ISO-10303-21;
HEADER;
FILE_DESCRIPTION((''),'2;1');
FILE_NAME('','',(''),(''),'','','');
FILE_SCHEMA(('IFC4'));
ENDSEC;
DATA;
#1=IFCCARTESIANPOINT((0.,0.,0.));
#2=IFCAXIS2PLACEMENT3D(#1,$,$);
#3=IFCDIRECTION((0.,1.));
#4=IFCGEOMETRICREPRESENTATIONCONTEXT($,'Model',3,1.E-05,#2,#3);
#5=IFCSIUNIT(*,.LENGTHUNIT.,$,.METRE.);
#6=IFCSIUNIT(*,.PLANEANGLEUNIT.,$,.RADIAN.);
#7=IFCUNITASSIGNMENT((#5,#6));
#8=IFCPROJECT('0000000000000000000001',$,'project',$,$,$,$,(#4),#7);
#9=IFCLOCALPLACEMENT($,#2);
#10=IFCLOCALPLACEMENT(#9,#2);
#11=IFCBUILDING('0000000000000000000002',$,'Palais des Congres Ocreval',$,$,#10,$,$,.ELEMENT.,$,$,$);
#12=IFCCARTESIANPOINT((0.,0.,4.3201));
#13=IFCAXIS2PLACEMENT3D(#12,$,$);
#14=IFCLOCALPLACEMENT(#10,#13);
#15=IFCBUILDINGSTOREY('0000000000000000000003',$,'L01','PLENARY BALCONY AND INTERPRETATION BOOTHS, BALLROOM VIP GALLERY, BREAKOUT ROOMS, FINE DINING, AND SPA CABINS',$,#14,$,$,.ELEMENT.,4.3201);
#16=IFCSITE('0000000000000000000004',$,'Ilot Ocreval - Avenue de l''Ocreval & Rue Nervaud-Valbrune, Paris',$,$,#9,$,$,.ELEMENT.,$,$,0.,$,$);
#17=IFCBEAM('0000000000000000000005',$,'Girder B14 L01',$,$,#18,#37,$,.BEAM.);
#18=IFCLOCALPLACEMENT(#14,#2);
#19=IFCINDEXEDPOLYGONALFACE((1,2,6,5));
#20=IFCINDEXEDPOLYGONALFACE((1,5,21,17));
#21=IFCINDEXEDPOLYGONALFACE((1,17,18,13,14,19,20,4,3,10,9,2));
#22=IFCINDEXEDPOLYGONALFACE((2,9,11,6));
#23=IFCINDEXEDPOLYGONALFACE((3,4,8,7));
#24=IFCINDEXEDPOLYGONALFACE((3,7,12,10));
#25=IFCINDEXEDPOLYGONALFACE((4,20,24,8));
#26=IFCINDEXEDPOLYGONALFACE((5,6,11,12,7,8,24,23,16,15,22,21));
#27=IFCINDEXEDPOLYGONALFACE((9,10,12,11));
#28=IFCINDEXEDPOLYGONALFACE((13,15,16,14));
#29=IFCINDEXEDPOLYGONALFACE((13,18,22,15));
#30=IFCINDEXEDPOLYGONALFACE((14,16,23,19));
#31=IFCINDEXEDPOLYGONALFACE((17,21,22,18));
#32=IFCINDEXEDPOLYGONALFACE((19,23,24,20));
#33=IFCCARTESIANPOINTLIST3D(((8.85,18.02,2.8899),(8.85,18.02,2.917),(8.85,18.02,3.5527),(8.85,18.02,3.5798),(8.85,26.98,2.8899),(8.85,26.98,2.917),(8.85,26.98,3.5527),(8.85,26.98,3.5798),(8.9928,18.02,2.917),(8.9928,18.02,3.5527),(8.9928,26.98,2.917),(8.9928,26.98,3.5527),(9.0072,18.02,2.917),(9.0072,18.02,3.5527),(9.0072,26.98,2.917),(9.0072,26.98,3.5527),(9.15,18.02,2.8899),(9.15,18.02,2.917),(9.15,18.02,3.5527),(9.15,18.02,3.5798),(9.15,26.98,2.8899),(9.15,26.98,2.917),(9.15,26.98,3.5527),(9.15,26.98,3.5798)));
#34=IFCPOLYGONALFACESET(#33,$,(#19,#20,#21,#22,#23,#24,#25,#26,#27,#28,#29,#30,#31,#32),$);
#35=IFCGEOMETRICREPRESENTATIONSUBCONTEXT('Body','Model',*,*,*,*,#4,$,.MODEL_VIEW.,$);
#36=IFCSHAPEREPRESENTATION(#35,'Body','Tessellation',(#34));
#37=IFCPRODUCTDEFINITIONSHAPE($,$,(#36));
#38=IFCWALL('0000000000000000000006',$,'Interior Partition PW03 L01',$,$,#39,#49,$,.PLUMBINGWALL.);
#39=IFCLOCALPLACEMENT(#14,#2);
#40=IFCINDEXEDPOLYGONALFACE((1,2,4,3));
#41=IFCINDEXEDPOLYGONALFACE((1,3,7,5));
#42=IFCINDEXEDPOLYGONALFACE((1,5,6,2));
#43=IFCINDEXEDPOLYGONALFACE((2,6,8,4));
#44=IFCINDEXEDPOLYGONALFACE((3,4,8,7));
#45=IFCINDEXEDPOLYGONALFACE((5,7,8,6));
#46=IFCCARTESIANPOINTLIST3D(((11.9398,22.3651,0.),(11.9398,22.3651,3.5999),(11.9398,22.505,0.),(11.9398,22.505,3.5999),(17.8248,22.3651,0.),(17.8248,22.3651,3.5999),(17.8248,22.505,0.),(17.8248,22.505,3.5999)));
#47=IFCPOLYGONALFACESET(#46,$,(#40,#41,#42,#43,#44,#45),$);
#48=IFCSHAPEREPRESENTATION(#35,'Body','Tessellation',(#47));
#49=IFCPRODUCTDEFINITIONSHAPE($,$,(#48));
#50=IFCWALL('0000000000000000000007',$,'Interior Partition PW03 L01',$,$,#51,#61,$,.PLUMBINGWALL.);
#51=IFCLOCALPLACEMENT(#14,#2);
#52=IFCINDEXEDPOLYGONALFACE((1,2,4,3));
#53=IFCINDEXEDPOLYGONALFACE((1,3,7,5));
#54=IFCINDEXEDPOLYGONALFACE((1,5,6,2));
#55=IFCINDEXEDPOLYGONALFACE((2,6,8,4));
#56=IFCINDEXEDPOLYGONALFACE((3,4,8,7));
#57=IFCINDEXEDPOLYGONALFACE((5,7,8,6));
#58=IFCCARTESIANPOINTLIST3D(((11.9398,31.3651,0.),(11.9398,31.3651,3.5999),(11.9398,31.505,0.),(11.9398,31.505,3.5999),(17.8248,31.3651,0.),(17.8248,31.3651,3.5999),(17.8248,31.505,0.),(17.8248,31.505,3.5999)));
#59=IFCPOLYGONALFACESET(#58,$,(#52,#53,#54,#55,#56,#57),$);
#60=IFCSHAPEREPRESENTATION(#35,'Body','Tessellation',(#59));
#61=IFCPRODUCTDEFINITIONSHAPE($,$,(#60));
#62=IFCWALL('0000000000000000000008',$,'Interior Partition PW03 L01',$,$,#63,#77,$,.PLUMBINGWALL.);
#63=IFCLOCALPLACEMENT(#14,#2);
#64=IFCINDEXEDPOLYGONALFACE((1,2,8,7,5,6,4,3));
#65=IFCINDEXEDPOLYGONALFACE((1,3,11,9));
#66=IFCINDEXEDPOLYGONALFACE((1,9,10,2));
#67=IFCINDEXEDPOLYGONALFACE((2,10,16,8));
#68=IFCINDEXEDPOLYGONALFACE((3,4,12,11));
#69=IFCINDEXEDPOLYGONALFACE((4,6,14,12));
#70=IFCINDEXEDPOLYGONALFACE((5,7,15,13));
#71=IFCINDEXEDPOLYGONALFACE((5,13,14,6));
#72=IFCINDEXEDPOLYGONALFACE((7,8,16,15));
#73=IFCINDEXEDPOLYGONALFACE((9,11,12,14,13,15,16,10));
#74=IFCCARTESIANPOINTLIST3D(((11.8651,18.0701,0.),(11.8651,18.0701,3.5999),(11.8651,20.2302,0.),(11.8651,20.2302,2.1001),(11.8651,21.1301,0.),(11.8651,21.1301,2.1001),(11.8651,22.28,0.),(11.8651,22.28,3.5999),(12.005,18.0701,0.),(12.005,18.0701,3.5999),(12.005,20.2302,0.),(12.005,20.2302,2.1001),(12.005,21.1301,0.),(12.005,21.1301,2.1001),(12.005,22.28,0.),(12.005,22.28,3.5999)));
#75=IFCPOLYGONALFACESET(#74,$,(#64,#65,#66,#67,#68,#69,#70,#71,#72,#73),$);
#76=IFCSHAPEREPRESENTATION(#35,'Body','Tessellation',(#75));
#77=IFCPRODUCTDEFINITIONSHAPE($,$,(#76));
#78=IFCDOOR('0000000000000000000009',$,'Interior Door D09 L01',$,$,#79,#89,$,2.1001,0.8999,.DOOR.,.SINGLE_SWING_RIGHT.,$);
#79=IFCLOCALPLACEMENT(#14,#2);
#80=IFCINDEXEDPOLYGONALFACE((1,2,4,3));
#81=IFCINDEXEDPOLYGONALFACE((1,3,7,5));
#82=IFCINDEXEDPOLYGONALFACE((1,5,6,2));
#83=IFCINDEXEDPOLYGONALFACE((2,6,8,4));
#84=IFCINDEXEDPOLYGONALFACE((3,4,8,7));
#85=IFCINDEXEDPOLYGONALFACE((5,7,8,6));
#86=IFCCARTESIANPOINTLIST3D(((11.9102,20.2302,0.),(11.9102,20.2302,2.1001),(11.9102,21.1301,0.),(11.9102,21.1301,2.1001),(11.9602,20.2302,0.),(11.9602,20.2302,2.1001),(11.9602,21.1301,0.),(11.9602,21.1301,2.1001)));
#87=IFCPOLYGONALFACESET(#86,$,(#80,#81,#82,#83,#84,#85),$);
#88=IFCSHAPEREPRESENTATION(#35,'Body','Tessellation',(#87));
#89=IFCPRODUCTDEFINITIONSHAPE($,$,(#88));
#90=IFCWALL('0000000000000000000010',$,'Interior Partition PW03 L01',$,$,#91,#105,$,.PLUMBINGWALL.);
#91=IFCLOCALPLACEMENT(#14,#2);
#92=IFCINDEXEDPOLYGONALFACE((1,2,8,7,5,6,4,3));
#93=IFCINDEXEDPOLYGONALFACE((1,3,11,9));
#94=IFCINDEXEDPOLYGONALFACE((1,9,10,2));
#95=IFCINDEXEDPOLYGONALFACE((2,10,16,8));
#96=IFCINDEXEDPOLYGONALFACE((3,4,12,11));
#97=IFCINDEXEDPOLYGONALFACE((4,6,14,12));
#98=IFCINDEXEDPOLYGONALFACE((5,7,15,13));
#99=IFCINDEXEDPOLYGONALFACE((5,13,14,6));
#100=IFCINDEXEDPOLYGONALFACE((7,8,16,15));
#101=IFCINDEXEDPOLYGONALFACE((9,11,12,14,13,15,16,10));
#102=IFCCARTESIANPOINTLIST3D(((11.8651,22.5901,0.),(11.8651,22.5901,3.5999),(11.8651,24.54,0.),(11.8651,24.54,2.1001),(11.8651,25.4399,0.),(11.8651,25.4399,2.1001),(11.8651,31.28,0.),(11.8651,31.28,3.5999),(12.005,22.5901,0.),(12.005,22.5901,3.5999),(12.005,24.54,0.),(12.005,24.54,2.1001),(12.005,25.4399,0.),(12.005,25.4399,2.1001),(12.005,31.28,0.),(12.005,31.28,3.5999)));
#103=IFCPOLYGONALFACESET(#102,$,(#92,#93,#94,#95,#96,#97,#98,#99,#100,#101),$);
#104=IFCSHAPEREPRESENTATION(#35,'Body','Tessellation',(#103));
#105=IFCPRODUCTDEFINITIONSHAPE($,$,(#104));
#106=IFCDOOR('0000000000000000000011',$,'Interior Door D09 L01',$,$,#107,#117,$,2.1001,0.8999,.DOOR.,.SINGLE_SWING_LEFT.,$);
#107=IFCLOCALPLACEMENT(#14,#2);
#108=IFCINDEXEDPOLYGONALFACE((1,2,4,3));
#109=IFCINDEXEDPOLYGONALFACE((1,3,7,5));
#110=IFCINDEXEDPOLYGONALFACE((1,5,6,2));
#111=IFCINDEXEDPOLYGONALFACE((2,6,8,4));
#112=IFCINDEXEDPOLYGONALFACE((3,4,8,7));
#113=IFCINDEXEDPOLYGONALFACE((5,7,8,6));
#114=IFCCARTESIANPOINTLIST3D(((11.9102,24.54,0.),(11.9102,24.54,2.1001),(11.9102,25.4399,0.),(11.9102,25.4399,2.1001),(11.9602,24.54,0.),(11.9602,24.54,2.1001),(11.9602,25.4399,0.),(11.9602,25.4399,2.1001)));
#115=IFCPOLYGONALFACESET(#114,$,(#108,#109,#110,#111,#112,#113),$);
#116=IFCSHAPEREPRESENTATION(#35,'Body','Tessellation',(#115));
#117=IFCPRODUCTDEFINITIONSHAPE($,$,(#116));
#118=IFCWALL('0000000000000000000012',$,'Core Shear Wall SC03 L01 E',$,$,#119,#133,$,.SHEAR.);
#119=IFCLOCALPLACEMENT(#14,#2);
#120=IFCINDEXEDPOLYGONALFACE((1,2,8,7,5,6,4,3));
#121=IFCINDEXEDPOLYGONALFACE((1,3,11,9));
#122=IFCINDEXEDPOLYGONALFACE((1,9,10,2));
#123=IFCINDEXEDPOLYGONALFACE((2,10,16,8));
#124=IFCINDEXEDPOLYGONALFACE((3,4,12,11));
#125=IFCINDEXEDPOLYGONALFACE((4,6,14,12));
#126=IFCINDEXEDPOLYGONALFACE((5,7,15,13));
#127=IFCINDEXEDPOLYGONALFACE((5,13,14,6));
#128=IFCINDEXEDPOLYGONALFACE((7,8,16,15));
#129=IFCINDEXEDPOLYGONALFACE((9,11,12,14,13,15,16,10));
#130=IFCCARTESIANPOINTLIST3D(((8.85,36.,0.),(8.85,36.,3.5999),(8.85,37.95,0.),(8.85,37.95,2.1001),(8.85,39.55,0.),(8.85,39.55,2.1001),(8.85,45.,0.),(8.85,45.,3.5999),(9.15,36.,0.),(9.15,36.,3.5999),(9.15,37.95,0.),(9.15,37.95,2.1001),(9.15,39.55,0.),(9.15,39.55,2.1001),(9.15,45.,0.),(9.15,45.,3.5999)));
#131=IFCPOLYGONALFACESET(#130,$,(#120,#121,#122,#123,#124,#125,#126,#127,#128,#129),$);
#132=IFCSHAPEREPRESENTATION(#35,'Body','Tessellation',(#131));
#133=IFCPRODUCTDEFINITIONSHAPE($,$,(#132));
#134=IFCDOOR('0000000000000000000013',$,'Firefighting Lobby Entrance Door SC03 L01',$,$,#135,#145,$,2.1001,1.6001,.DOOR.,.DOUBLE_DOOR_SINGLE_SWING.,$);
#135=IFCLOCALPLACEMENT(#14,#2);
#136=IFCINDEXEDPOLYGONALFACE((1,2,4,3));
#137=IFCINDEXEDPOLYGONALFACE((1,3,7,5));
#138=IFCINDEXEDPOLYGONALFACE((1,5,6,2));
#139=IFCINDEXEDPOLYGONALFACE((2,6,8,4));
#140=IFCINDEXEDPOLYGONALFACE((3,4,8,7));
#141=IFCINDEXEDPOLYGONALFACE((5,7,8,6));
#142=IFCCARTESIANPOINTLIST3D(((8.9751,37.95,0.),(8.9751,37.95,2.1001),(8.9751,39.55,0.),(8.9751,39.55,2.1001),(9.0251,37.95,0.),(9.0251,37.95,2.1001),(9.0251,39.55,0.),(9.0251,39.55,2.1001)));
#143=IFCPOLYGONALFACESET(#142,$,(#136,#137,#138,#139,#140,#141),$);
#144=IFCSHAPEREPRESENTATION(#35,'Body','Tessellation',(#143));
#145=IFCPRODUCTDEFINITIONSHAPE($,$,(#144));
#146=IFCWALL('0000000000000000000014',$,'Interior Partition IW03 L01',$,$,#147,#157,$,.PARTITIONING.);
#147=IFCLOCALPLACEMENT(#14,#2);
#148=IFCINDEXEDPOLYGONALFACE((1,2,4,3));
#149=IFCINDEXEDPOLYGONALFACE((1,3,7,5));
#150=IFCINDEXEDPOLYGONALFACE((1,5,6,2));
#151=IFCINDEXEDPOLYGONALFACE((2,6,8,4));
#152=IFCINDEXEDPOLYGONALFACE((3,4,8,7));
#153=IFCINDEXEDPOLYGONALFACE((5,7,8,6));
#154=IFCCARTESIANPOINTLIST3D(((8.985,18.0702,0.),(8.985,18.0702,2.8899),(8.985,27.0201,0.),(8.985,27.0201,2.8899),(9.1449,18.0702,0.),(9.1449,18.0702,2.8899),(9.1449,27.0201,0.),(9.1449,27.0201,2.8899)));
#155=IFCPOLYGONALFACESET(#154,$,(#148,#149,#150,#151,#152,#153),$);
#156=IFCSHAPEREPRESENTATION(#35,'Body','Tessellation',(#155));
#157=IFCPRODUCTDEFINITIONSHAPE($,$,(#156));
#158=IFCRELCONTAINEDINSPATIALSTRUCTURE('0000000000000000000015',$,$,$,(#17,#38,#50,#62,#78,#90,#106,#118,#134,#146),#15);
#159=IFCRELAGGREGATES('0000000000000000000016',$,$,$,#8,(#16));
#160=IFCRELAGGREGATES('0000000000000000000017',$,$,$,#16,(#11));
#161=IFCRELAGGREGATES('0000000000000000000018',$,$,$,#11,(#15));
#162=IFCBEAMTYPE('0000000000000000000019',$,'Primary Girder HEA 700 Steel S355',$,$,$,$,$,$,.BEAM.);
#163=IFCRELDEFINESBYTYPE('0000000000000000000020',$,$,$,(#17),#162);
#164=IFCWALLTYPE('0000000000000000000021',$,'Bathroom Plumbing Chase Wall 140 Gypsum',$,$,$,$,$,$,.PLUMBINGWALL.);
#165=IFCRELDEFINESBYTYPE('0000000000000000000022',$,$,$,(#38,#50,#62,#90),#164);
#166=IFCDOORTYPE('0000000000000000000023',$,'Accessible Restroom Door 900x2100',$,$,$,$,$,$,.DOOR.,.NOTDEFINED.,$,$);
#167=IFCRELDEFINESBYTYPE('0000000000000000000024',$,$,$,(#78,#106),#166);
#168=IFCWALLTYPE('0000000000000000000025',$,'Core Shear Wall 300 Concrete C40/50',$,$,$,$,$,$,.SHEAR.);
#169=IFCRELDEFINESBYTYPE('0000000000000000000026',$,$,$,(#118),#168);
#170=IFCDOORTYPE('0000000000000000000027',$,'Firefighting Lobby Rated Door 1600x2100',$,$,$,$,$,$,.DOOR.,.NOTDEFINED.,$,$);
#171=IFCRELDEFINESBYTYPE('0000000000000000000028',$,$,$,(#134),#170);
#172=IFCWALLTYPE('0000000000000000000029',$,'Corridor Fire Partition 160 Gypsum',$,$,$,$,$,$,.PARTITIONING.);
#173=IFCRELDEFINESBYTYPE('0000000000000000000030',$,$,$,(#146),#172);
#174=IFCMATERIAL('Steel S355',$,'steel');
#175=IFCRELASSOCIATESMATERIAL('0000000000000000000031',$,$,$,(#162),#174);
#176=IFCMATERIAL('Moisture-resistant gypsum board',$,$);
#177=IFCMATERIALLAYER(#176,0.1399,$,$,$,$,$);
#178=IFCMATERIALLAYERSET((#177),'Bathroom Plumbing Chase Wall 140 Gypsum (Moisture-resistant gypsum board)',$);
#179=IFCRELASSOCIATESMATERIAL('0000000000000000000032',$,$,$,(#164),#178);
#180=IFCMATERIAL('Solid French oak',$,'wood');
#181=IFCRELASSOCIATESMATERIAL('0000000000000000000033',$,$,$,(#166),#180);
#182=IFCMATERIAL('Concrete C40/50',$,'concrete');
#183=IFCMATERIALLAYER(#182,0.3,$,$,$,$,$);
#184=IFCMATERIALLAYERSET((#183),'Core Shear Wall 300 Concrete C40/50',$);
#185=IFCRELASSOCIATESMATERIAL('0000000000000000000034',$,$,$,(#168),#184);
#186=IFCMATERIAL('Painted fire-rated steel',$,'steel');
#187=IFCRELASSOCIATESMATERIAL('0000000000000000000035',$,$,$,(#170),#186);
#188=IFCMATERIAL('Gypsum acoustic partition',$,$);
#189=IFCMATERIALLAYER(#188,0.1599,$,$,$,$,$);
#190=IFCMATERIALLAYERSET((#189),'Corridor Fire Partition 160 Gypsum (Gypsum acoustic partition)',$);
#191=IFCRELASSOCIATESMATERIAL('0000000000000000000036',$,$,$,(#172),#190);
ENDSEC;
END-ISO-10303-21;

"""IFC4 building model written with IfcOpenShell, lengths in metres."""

from ifc_helpers import new_model, si_unit, direction, frame, frame_2d, origin, origin_2d, place, context, subcontext, project, spatial, rectangle, i_section, extrude, material, layer, layer_set, material_profile, profile_set, type_object, element, fill, save


model = new_model("IFC4")

# Units and contexts
model_context = context("Model", 3, precision=1e-05, world=origin(), true_north=direction((0.0, 1.0)))
body_context = subcontext(model_context, "Body", "Model", "MODEL_VIEW")
ifc_project = project(units=[si_unit("LENGTHUNIT", "METRE"), si_unit("PLANEANGLEUNIT", "RADIAN")], contexts=[model_context])

# Site, building, storey
site_placement = place(None, origin())
site = spatial("IfcSite", under=ifc_project, at=site_placement, Name="Ilot Ocreval - Avenue de l'Ocreval & Rue Nervaud-Valbrune, Paris", CompositionType="ELEMENT", RefElevation=0.0)
building_placement = place(site_placement, origin())
building = spatial("IfcBuilding", under=site, at=building_placement, Name="Palais des Congres Ocreval", CompositionType="ELEMENT")
storey_placement = place(building_placement, frame((0.0, 0.0, 4.3201)))
storey = spatial("IfcBuildingStorey", under=building, at=storey_placement, Name="L01", Description="PLENARY BALCONY AND INTERPRETATION BOOTHS, BALLROOM VIP GALLERY, BREAKOUT ROOMS, FINE DINING, AND SPA CABINS", CompositionType="ELEMENT", Elevation=4.3201)

# Shared definitions
ifc_material_1 = material(Name="Concrete C40/50", Category="concrete")

# Beam
ifc_material_2 = material(Name="Steel S355", Category="steel")
ifc_material_profile_1 = material_profile(ifc_material_2, i_section(OverallWidth=0.3, OverallDepth=0.6899, WebThickness=0.0144, FlangeThickness=0.0271, at=origin_2d()), Name="HEA 700")
ifc_profile_set_1 = profile_set([ifc_material_profile_1], Name="Steel S355")
beam_type_1 = type_object("IfcBeamType", Name="Primary Girder HEA 700 Steel S355", PredefinedType="BEAM", material=ifc_profile_set_1)
beam_1_placement = place(storey_placement, frame((9.0, 18.02, 3.2349), z_axis=(0.0, 1.0, 0.0), x_axis=(-1.0, 0.0, 0.0)))
element("IfcBeam", 1, at=beam_1_placement, inside=storey, type_object=beam_type_1, Name="Girder B14 L01", PredefinedType="BEAM", context=body_context, shape_type="SweptSolid", body=[
    extrude(i_section(OverallWidth=0.3, OverallDepth=0.6899, WebThickness=0.0144, FlangeThickness=0.0271, at=origin_2d()), origin(), (0.0, 0.0, 1.0), 8.96),
])

# Walls
ifc_material_3 = material(Name="Moisture-resistant gypsum board")
ifc_layer_1 = layer(ifc_material_3, 0.1399)
ifc_layer_set_1 = layer_set([ifc_layer_1], Name="Bathroom Plumbing Chase Wall 140 Gypsum (Moisture-resistant gypsum board)")
wall_type_1 = type_object("IfcWallType", Name="Bathroom Plumbing Chase Wall 140 Gypsum", PredefinedType="PLUMBINGWALL", material=ifc_layer_set_1)
for number, where, z_axis, x_axis, name in (
    (2, (11.9399, 22.4351, 0.0), (0.0, 0.0, 1.0), (1.0, 0.0, 0.0), "Interior Partition PW03 L01"),
    (3, (11.9399, 31.4351, 0.0), (0.0, 0.0, 1.0), (1.0, 0.0, 0.0), "Interior Partition PW03 L01"),
):
    element("IfcWall", number, at=place(storey_placement, frame(where, z_axis=z_axis, x_axis=x_axis)), inside=storey, type_object=wall_type_1, Name=name, PredefinedType="PLUMBINGWALL", context=body_context, shape_type="SweptSolid", body=[
        extrude(rectangle(XDim=5.885, YDim=0.1399, at=frame_2d((2.9424, 0.0))), origin(), (0.0, 0.0, 1.0), 3.5999),
    ])

# Walls, openings, doors
wall_1_placement = place(storey_placement, frame((11.9351, 18.0701, 0.0), z_axis=(0.0, 0.0, 1.0), x_axis=(0.0, 1.0, 0.0)))
wall_1 = element("IfcWall", 4, at=wall_1_placement, inside=storey, type_object=wall_type_1, Name="Interior Partition PW03 L01", PredefinedType="PLUMBINGWALL", context=body_context, shape_type="SweptSolid", body=[
    extrude(rectangle(XDim=4.21, YDim=0.1399, at=frame_2d((2.105, 0.0))), origin(), (0.0, 0.0, 1.0), 3.5999),
])
opening_1_placement = place(wall_1_placement, frame((2.1602, 0.0, 0.0)))
opening_1 = element("IfcOpeningElement", 5, at=opening_1_placement, cuts=wall_1, PredefinedType="OPENING", context=body_context, shape_type="SweptSolid", body=[
    extrude(rectangle(XDim=0.8999, YDim=2.1001, at=frame_2d((0.45, 1.05))), frame((0.0, 0.0798, 0.0), z_axis=(0.0, -1.0, 0.0), x_axis=(1.0, 0.0, 0.0)), (0.0, 0.0, 1.0), 0.1599),
])
ifc_material_4 = material(Name="Solid French oak", Category="wood")
door_type_1 = type_object("IfcDoorType", Name="Accessible Restroom Door 900x2100", OperationType="NOTDEFINED", PredefinedType="DOOR", material=ifc_material_4)
door_1_placement = place(opening_1_placement, origin())
door_1 = element("IfcDoor", 6, at=door_1_placement, inside=storey, type_object=door_type_1, Name="Interior Door D09 L01", OperationType="SINGLE_SWING_RIGHT", OverallHeight=2.1001, OverallWidth=0.8999, PredefinedType="DOOR", context=body_context, shape_type="SweptSolid", body=[
    extrude(rectangle(XDim=0.8999, YDim=2.1001, at=frame_2d((0.45, 1.05))), frame((0.0, 0.0249, 0.0), z_axis=(0.0, -1.0, 0.0), x_axis=(1.0, 0.0, 0.0)), (0.0, 0.0, 1.0), 0.05),
])
fill(opening_1, door_1)
wall_2_placement = place(storey_placement, frame((11.9351, 22.5901, 0.0), z_axis=(0.0, 0.0, 1.0), x_axis=(0.0, 1.0, 0.0)))
wall_2 = element("IfcWall", 7, at=wall_2_placement, inside=storey, type_object=wall_type_1, Name="Interior Partition PW03 L01", PredefinedType="PLUMBINGWALL", context=body_context, shape_type="SweptSolid", body=[
    extrude(rectangle(XDim=8.6899, YDim=0.1399, at=frame_2d((4.345, 0.0))), origin(), (0.0, 0.0, 1.0), 3.5999),
])
opening_2_placement = place(wall_2_placement, frame((1.95, 0.0, 0.0)))
opening_2 = element("IfcOpeningElement", 8, at=opening_2_placement, cuts=wall_2, PredefinedType="OPENING", context=body_context, shape_type="SweptSolid", body=[
    extrude(rectangle(XDim=0.8999, YDim=2.1001, at=frame_2d((0.45, 1.05))), frame((0.0, 0.0798, 0.0), z_axis=(0.0, -1.0, 0.0), x_axis=(1.0, 0.0, 0.0)), (0.0, 0.0, 1.0), 0.1599),
])
door_2_placement = place(opening_2_placement, origin())
door_2 = element("IfcDoor", 9, at=door_2_placement, inside=storey, type_object=door_type_1, Name="Interior Door D09 L01", OperationType="SINGLE_SWING_LEFT", OverallHeight=2.1001, OverallWidth=0.8999, PredefinedType="DOOR", context=body_context, shape_type="SweptSolid", body=[
    extrude(rectangle(XDim=0.8999, YDim=2.1001, at=frame_2d((0.45, 1.05))), frame((0.0, 0.0249, 0.0), z_axis=(0.0, -1.0, 0.0), x_axis=(1.0, 0.0, 0.0)), (0.0, 0.0, 1.0), 0.05),
])
fill(opening_2, door_2)
ifc_layer_2 = layer(ifc_material_1, 0.3)
ifc_layer_set_2 = layer_set([ifc_layer_2], Name="Core Shear Wall 300 Concrete C40/50")
wall_type_2 = type_object("IfcWallType", Name="Core Shear Wall 300 Concrete C40/50", PredefinedType="SHEAR", material=ifc_layer_set_2)
wall_3_placement = place(storey_placement, frame((9.0, 36.0, 0.0), z_axis=(0.0, 0.0, 1.0), x_axis=(0.0, 1.0, 0.0)))
wall_3 = element("IfcWall", 10, at=wall_3_placement, inside=storey, type_object=wall_type_2, Name="Core Shear Wall SC03 L01 E", PredefinedType="SHEAR", context=body_context, shape_type="SweptSolid", body=[
    extrude(rectangle(XDim=9.0, YDim=0.3, at=frame_2d((4.5, 0.0))), origin(), (0.0, 0.0, 1.0), 3.5999),
])
opening_3_placement = place(wall_3_placement, frame((1.95, 0.0, 0.0)))
opening_3 = element("IfcOpeningElement", 11, at=opening_3_placement, cuts=wall_3, PredefinedType="OPENING", context=body_context, shape_type="SweptSolid", body=[
    extrude(rectangle(XDim=1.6001, YDim=2.1001, at=frame_2d((0.8, 1.05))), frame((0.0, 0.1599, 0.0), z_axis=(0.0, -1.0, 0.0), x_axis=(1.0, 0.0, 0.0)), (0.0, 0.0, 1.0), 0.3201),
])
ifc_material_5 = material(Name="Painted fire-rated steel", Category="steel")
door_type_2 = type_object("IfcDoorType", Name="Firefighting Lobby Rated Door 1600x2100", OperationType="NOTDEFINED", PredefinedType="DOOR", material=ifc_material_5)
door_3_placement = place(opening_3_placement, origin())
door_3 = element("IfcDoor", 12, at=door_3_placement, inside=storey, type_object=door_type_2, Name="Firefighting Lobby Entrance Door SC03 L01", OperationType="DOUBLE_DOOR_SINGLE_SWING", OverallHeight=2.1001, OverallWidth=1.6001, PredefinedType="DOOR", context=body_context, shape_type="SweptSolid", body=[
    extrude(rectangle(XDim=1.6001, YDim=2.1001, at=frame_2d((0.8, 1.05))), frame((0.0, 0.0249, 0.0), z_axis=(0.0, -1.0, 0.0), x_axis=(1.0, 0.0, 0.0)), (0.0, 0.0, 1.0), 0.05),
])
fill(opening_3, door_3)

# Wall
ifc_material_6 = material(Name="Gypsum acoustic partition")
ifc_layer_3 = layer(ifc_material_6, 0.1599)
ifc_layer_set_3 = layer_set([ifc_layer_3], Name="Corridor Fire Partition 160 Gypsum (Gypsum acoustic partition)")
wall_type_3 = type_object("IfcWallType", Name="Corridor Fire Partition 160 Gypsum", PredefinedType="PARTITIONING", material=ifc_layer_set_3)
wall_4_placement = place(storey_placement, frame((9.0649, 18.0701, 0.0), z_axis=(0.0, 0.0, 1.0), x_axis=(0.0, 1.0, 0.0)))
element("IfcWall", 13, at=wall_4_placement, inside=storey, type_object=wall_type_3, Name="Interior Partition IW03 L01", PredefinedType="PARTITIONING", context=body_context, shape_type="SweptSolid", body=[
    extrude(rectangle(XDim=8.95, YDim=0.1599, at=frame_2d((4.4751, 0.0))), origin(), (0.0, 0.0, 1.0), 2.8899),
])

save(model, "model.ifc")
